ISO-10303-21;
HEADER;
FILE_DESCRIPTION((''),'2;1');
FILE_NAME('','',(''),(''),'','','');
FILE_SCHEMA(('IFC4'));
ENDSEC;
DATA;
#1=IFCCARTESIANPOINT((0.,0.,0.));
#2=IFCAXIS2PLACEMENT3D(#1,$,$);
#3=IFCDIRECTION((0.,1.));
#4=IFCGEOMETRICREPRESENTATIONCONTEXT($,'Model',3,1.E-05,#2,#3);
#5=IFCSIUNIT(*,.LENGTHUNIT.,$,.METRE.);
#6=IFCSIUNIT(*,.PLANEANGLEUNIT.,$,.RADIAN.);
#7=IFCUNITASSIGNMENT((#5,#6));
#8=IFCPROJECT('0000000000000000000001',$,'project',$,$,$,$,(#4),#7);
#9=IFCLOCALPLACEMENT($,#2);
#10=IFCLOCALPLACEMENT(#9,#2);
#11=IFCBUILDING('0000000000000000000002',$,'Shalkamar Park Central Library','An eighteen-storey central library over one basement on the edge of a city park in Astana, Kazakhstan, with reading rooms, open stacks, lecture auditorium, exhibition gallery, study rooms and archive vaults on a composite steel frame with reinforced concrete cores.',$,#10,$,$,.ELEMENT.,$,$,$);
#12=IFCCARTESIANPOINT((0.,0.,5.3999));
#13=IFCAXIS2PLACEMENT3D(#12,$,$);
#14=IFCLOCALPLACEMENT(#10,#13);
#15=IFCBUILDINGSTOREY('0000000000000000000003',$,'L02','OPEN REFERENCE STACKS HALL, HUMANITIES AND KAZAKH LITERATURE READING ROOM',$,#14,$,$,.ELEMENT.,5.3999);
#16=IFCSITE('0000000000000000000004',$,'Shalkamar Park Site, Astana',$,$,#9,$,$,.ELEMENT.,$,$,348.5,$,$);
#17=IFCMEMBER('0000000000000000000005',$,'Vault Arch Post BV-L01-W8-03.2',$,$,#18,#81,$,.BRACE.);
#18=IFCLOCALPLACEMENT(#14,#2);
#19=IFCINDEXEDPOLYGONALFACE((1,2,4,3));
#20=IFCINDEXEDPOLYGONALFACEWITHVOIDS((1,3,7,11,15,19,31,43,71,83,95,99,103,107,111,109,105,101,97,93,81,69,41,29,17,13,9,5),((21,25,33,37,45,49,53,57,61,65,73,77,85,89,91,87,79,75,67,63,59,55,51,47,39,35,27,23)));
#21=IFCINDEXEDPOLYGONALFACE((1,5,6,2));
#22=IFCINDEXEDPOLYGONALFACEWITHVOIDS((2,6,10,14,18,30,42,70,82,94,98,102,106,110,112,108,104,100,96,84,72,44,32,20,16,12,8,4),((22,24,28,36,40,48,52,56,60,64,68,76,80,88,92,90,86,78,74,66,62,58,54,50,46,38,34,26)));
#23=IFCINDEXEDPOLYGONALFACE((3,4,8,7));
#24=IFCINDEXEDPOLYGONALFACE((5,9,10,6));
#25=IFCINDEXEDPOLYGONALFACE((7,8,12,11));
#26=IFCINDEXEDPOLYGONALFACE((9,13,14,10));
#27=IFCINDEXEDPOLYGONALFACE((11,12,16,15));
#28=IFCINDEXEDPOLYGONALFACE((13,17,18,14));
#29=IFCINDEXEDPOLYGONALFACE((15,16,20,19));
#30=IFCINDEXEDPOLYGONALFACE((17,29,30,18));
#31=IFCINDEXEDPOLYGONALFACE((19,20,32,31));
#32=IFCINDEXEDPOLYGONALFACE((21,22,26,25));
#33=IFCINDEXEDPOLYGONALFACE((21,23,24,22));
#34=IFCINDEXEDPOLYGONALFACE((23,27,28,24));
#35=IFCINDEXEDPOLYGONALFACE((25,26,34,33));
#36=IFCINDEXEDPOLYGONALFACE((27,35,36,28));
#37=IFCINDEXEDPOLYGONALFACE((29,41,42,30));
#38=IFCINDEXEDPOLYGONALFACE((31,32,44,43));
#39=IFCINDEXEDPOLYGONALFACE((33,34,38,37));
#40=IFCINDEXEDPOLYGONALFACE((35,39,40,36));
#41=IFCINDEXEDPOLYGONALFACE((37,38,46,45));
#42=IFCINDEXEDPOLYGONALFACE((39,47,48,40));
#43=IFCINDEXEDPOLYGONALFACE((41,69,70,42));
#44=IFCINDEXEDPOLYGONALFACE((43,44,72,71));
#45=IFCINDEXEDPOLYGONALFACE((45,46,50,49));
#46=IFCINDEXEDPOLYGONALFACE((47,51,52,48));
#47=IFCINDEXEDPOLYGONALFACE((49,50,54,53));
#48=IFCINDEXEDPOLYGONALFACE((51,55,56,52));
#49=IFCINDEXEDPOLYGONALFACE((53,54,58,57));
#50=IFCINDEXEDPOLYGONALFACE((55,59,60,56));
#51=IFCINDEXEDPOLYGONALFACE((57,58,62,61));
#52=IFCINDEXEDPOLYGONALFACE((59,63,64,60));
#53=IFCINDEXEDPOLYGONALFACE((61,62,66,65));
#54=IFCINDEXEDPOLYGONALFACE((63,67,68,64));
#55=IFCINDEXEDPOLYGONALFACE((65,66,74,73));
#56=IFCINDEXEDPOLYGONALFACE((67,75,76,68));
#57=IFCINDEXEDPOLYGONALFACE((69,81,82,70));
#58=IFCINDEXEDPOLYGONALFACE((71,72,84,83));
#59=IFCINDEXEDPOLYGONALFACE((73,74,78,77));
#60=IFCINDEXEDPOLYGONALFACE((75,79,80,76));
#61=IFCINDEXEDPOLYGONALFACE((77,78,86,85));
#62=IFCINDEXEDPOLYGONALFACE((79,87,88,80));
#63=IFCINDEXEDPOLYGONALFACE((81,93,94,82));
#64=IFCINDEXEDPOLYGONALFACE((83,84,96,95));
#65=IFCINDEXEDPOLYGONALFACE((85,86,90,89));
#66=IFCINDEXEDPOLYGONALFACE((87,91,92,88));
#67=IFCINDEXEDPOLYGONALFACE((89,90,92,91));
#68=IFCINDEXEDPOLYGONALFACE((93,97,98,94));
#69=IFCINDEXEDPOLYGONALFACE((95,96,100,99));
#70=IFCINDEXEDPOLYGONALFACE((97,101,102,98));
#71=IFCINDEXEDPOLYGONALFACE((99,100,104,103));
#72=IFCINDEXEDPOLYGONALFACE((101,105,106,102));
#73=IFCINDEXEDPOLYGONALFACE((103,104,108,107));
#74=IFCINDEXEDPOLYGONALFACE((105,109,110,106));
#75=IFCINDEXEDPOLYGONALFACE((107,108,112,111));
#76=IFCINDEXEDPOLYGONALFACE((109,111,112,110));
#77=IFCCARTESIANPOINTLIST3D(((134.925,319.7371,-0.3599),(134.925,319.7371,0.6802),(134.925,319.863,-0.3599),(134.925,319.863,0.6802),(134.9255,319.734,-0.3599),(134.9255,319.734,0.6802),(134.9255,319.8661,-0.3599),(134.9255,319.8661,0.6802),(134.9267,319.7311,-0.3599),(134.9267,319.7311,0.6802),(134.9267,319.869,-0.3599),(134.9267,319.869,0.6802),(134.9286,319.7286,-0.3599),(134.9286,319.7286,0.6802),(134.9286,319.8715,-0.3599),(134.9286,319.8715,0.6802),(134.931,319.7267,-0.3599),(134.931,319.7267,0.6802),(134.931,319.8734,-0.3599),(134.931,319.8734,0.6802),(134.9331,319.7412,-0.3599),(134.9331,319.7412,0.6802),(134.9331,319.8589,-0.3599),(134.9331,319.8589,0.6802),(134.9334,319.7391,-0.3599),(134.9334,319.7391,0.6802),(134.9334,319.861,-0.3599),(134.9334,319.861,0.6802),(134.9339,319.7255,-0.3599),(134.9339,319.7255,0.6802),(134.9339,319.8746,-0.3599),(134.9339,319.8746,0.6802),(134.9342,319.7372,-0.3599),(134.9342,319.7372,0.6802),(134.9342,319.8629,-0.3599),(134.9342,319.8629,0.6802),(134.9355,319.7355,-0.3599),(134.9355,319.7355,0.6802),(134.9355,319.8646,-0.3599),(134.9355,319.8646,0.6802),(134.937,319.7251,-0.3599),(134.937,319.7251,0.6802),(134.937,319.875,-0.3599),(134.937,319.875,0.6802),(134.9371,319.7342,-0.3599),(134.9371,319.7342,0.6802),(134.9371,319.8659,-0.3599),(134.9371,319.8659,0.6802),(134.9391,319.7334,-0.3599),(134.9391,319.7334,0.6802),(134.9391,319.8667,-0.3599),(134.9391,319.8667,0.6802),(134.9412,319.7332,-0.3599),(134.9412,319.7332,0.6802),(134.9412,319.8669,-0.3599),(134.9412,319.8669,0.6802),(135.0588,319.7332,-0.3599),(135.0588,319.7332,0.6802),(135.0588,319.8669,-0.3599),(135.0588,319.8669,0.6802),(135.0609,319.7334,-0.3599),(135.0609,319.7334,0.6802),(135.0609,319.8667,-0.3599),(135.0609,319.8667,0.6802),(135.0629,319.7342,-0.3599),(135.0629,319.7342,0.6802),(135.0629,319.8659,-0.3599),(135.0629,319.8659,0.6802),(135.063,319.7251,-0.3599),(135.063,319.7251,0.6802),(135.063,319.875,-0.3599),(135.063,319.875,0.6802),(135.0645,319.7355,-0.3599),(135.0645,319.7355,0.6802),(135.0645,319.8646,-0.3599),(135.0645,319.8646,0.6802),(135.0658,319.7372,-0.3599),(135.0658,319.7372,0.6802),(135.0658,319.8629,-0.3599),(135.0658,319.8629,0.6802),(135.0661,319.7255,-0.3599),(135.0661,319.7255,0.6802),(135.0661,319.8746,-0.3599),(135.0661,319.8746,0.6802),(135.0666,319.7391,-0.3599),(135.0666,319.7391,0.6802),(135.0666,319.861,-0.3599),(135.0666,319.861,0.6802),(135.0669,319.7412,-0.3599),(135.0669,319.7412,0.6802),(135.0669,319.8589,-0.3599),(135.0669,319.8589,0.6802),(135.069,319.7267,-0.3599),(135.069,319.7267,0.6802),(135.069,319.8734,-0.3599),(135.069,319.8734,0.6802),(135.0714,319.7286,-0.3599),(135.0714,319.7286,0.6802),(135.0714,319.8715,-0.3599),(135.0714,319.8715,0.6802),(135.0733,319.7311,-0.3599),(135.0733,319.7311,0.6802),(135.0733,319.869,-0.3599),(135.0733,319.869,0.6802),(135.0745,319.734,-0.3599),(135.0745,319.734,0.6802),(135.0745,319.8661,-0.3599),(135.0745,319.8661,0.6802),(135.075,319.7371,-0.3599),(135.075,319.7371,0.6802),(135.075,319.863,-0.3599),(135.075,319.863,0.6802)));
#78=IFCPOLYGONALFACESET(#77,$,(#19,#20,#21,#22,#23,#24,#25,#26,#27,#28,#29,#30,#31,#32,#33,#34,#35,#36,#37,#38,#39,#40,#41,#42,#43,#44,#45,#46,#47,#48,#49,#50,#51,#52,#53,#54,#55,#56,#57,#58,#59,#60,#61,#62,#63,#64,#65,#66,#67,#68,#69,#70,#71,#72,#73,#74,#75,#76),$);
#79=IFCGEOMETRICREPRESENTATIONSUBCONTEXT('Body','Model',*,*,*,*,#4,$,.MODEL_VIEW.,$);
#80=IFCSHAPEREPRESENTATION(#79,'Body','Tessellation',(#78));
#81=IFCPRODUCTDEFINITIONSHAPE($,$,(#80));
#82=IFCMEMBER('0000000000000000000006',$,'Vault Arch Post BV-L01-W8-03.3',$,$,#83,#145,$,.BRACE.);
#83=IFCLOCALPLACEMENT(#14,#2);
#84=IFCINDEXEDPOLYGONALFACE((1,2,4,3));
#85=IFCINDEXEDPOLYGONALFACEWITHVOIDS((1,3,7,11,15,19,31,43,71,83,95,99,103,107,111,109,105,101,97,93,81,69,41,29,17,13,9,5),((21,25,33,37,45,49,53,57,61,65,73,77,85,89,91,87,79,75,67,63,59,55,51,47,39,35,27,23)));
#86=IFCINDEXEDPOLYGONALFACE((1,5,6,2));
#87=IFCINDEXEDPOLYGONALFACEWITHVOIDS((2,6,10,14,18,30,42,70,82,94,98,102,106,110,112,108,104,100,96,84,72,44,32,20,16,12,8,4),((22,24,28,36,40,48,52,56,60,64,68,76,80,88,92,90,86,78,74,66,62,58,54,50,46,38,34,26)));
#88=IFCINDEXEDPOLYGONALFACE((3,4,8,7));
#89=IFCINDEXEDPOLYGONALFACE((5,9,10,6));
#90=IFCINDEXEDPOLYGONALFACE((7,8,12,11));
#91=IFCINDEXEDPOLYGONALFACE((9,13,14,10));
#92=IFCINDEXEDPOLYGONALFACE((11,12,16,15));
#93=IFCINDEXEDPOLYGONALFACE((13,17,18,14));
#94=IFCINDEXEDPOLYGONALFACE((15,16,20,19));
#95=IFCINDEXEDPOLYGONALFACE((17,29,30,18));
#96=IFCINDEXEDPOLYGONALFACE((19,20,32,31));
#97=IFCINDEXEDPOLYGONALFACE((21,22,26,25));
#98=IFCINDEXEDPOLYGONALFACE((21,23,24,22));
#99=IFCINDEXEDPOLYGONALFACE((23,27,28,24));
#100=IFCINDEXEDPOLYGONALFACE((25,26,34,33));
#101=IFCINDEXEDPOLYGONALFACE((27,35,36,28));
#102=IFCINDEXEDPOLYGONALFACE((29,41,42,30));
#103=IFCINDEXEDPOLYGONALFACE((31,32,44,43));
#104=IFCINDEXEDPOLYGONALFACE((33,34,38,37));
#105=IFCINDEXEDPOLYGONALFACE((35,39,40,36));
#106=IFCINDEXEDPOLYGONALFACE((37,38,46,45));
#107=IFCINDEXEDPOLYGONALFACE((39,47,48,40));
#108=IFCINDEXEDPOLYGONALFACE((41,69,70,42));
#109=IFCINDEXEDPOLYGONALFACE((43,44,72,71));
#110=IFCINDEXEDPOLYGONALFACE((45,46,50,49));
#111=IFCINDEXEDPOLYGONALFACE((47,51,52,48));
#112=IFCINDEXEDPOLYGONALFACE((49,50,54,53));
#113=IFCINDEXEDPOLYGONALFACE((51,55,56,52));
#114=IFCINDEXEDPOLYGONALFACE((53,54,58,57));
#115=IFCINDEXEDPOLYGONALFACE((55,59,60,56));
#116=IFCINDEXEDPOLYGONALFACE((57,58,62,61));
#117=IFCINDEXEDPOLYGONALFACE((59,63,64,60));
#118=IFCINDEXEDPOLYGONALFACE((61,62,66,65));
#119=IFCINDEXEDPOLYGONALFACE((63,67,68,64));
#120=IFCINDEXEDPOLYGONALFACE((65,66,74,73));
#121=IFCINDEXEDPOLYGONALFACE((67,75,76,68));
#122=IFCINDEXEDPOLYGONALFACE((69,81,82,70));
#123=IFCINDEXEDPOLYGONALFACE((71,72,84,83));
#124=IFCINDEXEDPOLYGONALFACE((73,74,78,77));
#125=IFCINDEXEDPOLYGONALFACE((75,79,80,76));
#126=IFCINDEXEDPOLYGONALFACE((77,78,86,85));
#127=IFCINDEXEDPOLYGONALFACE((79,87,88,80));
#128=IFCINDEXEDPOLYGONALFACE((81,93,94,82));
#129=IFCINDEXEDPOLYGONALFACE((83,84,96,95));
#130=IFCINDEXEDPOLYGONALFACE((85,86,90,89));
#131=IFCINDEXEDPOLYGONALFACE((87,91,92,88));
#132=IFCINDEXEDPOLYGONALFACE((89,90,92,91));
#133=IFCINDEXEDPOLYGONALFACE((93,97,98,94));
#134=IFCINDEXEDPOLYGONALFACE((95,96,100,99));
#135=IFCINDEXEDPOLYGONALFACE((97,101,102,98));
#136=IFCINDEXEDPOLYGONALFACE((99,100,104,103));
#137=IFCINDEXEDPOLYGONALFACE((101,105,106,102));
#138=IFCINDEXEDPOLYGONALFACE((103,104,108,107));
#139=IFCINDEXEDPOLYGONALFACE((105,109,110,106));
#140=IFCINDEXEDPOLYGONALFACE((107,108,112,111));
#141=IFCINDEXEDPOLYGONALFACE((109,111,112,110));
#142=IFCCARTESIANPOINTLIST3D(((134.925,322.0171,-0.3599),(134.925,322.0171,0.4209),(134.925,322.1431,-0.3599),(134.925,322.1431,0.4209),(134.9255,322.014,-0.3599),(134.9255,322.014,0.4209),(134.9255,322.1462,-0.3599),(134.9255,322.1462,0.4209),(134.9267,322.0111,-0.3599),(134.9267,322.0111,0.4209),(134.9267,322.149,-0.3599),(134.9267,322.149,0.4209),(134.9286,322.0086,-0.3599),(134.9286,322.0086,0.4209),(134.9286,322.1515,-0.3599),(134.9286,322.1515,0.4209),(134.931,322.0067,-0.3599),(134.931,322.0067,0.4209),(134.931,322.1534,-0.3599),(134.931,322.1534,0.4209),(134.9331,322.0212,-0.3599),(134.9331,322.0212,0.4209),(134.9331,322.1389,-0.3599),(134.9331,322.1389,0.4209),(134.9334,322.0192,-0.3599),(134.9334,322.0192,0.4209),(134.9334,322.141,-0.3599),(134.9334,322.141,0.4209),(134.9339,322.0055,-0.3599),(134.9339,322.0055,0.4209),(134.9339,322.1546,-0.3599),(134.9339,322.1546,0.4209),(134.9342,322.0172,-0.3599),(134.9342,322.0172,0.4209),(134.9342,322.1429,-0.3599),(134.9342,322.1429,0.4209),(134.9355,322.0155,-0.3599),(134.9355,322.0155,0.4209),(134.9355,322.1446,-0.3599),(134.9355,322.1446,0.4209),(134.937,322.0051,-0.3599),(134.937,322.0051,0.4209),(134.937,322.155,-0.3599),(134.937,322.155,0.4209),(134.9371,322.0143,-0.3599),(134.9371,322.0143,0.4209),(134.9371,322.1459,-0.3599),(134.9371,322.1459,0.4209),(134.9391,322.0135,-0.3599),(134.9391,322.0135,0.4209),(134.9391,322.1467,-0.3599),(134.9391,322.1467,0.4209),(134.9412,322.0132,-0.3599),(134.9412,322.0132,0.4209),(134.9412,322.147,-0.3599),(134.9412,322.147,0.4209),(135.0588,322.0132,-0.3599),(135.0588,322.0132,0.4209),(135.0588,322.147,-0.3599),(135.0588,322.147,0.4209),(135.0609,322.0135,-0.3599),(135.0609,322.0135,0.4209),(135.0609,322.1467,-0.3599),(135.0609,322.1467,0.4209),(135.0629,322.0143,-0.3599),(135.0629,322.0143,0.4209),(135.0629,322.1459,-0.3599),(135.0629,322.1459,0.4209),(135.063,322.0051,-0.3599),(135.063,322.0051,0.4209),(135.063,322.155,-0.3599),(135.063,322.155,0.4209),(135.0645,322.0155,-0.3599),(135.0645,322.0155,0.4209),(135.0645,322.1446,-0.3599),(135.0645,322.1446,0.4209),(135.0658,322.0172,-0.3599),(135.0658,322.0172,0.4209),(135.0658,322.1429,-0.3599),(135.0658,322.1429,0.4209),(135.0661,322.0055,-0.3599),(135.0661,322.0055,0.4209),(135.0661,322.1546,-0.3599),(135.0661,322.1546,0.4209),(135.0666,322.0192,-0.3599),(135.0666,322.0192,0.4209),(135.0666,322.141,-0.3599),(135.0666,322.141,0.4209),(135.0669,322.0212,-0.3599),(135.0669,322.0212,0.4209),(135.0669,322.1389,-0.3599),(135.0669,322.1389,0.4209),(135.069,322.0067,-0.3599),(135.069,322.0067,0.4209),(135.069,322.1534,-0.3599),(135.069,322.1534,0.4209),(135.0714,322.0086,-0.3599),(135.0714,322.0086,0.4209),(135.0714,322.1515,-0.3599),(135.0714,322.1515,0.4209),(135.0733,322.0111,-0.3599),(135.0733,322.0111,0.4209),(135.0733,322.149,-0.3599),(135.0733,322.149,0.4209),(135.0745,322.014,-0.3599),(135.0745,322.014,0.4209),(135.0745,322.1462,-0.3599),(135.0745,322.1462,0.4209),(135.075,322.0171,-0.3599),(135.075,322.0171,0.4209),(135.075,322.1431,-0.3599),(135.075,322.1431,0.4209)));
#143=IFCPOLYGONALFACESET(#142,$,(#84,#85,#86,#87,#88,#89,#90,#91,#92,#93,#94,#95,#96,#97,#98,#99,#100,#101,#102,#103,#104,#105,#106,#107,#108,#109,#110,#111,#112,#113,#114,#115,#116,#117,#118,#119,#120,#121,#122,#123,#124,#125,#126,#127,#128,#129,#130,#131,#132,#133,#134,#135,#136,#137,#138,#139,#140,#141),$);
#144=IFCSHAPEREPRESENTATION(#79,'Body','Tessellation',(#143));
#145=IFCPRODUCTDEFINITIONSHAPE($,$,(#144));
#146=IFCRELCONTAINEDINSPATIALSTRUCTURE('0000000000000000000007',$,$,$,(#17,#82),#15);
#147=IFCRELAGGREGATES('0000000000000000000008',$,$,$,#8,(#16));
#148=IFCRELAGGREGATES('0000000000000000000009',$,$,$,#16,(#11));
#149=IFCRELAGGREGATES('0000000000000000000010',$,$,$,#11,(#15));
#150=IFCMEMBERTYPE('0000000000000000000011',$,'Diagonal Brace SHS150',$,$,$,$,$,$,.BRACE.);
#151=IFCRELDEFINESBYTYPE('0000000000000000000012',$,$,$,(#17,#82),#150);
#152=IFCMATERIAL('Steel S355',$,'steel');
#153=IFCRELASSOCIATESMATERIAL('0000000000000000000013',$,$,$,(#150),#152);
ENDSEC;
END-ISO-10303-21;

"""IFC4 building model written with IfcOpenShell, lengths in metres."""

from ifc_helpers import new_model, si_unit, direction, frame, origin, origin_2d, place, context, subcontext, project, spatial, hollow_rectangle, extrude, material, material_profile, profile_set, type_object, element, save


model = new_model("IFC4")

# Units and contexts
model_context = context("Model", 3, precision=1e-05, world=origin(), true_north=direction((0.0, 1.0)))
body_context = subcontext(model_context, "Body", "Model", "MODEL_VIEW")
ifc_project = project(units=[si_unit("LENGTHUNIT", "METRE"), si_unit("PLANEANGLEUNIT", "RADIAN")], contexts=[model_context])

# Site, building, storey
site_placement = place(None, origin())
site = spatial("IfcSite", under=ifc_project, at=site_placement, Name="Shalkamar Park Site, Astana", CompositionType="ELEMENT", RefElevation=348.5)
building_placement = place(site_placement, origin())
building = spatial("IfcBuilding", under=site, at=building_placement, Name="Shalkamar Park Central Library", Description="An eighteen-storey central library over one basement on the edge of a city park in Astana, Kazakhstan, with reading rooms, open stacks, lecture auditorium, exhibition gallery, study rooms and archive vaults on a composite steel frame with reinforced concrete cores.", CompositionType="ELEMENT")
storey_placement = place(building_placement, frame((0.0, 0.0, 5.3999)))
storey = spatial("IfcBuildingStorey", under=building, at=storey_placement, Name="L02", Description="OPEN REFERENCE STACKS HALL, HUMANITIES AND KAZAKH LITERATURE READING ROOM", CompositionType="ELEMENT", Elevation=5.3999)

# Shared definitions
ifc_material_1 = material(Name="Steel S355", Category="steel")

# Members
ifc_material_profile_1 = material_profile(ifc_material_1, hollow_rectangle(XDim=0.1499, YDim=0.1499, WallThickness=0.0081, InnerFilletRadius=0.0081, OuterFilletRadius=0.012, at=origin_2d()), Name="SHS 150x150x8")
ifc_profile_set_1 = profile_set([ifc_material_profile_1], Name="Steel S355")
member_type_1 = type_object("IfcMemberType", Name="Diagonal Brace SHS150", PredefinedType="BRACE", material=ifc_profile_set_1)
member_1_placement = place(storey_placement, frame((135.0, 319.8, -0.3599), z_axis=(0.0, 0.0, 1.0), x_axis=(1.0, 0.0, 0.0)))
element("IfcMember", 1, at=member_1_placement, inside=storey, type_object=member_type_1, Name="Vault Arch Post BV-L01-W8-03.2", PredefinedType="BRACE", context=body_context, shape_type="SweptSolid", body=[
    extrude(hollow_rectangle(XDim=0.1499, YDim=0.1499, WallThickness=0.0081, InnerFilletRadius=0.0081, OuterFilletRadius=0.012, at=origin_2d()), origin(), (0.0, 0.0, 1.0), 1.04),
])
for number, where, z_axis, x_axis, name in (
    (2, (135.0, 322.0801, -0.3599), (0.0, 0.0, 1.0), (1.0, 0.0, 0.0), "Vault Arch Post BV-L01-W8-03.3"),
):
    element("IfcMember", number, at=place(storey_placement, frame(where, z_axis=z_axis, x_axis=x_axis)), inside=storey, type_object=member_type_1, Name=name, PredefinedType="BRACE", context=body_context, shape_type="SweptSolid", body=[
        extrude(hollow_rectangle(XDim=0.1499, YDim=0.1499, WallThickness=0.0081, InnerFilletRadius=0.0081, OuterFilletRadius=0.012, at=origin_2d()), origin(), (0.0, 0.0, 1.0), 0.7808),
    ])

save(model, "model.ifc")
